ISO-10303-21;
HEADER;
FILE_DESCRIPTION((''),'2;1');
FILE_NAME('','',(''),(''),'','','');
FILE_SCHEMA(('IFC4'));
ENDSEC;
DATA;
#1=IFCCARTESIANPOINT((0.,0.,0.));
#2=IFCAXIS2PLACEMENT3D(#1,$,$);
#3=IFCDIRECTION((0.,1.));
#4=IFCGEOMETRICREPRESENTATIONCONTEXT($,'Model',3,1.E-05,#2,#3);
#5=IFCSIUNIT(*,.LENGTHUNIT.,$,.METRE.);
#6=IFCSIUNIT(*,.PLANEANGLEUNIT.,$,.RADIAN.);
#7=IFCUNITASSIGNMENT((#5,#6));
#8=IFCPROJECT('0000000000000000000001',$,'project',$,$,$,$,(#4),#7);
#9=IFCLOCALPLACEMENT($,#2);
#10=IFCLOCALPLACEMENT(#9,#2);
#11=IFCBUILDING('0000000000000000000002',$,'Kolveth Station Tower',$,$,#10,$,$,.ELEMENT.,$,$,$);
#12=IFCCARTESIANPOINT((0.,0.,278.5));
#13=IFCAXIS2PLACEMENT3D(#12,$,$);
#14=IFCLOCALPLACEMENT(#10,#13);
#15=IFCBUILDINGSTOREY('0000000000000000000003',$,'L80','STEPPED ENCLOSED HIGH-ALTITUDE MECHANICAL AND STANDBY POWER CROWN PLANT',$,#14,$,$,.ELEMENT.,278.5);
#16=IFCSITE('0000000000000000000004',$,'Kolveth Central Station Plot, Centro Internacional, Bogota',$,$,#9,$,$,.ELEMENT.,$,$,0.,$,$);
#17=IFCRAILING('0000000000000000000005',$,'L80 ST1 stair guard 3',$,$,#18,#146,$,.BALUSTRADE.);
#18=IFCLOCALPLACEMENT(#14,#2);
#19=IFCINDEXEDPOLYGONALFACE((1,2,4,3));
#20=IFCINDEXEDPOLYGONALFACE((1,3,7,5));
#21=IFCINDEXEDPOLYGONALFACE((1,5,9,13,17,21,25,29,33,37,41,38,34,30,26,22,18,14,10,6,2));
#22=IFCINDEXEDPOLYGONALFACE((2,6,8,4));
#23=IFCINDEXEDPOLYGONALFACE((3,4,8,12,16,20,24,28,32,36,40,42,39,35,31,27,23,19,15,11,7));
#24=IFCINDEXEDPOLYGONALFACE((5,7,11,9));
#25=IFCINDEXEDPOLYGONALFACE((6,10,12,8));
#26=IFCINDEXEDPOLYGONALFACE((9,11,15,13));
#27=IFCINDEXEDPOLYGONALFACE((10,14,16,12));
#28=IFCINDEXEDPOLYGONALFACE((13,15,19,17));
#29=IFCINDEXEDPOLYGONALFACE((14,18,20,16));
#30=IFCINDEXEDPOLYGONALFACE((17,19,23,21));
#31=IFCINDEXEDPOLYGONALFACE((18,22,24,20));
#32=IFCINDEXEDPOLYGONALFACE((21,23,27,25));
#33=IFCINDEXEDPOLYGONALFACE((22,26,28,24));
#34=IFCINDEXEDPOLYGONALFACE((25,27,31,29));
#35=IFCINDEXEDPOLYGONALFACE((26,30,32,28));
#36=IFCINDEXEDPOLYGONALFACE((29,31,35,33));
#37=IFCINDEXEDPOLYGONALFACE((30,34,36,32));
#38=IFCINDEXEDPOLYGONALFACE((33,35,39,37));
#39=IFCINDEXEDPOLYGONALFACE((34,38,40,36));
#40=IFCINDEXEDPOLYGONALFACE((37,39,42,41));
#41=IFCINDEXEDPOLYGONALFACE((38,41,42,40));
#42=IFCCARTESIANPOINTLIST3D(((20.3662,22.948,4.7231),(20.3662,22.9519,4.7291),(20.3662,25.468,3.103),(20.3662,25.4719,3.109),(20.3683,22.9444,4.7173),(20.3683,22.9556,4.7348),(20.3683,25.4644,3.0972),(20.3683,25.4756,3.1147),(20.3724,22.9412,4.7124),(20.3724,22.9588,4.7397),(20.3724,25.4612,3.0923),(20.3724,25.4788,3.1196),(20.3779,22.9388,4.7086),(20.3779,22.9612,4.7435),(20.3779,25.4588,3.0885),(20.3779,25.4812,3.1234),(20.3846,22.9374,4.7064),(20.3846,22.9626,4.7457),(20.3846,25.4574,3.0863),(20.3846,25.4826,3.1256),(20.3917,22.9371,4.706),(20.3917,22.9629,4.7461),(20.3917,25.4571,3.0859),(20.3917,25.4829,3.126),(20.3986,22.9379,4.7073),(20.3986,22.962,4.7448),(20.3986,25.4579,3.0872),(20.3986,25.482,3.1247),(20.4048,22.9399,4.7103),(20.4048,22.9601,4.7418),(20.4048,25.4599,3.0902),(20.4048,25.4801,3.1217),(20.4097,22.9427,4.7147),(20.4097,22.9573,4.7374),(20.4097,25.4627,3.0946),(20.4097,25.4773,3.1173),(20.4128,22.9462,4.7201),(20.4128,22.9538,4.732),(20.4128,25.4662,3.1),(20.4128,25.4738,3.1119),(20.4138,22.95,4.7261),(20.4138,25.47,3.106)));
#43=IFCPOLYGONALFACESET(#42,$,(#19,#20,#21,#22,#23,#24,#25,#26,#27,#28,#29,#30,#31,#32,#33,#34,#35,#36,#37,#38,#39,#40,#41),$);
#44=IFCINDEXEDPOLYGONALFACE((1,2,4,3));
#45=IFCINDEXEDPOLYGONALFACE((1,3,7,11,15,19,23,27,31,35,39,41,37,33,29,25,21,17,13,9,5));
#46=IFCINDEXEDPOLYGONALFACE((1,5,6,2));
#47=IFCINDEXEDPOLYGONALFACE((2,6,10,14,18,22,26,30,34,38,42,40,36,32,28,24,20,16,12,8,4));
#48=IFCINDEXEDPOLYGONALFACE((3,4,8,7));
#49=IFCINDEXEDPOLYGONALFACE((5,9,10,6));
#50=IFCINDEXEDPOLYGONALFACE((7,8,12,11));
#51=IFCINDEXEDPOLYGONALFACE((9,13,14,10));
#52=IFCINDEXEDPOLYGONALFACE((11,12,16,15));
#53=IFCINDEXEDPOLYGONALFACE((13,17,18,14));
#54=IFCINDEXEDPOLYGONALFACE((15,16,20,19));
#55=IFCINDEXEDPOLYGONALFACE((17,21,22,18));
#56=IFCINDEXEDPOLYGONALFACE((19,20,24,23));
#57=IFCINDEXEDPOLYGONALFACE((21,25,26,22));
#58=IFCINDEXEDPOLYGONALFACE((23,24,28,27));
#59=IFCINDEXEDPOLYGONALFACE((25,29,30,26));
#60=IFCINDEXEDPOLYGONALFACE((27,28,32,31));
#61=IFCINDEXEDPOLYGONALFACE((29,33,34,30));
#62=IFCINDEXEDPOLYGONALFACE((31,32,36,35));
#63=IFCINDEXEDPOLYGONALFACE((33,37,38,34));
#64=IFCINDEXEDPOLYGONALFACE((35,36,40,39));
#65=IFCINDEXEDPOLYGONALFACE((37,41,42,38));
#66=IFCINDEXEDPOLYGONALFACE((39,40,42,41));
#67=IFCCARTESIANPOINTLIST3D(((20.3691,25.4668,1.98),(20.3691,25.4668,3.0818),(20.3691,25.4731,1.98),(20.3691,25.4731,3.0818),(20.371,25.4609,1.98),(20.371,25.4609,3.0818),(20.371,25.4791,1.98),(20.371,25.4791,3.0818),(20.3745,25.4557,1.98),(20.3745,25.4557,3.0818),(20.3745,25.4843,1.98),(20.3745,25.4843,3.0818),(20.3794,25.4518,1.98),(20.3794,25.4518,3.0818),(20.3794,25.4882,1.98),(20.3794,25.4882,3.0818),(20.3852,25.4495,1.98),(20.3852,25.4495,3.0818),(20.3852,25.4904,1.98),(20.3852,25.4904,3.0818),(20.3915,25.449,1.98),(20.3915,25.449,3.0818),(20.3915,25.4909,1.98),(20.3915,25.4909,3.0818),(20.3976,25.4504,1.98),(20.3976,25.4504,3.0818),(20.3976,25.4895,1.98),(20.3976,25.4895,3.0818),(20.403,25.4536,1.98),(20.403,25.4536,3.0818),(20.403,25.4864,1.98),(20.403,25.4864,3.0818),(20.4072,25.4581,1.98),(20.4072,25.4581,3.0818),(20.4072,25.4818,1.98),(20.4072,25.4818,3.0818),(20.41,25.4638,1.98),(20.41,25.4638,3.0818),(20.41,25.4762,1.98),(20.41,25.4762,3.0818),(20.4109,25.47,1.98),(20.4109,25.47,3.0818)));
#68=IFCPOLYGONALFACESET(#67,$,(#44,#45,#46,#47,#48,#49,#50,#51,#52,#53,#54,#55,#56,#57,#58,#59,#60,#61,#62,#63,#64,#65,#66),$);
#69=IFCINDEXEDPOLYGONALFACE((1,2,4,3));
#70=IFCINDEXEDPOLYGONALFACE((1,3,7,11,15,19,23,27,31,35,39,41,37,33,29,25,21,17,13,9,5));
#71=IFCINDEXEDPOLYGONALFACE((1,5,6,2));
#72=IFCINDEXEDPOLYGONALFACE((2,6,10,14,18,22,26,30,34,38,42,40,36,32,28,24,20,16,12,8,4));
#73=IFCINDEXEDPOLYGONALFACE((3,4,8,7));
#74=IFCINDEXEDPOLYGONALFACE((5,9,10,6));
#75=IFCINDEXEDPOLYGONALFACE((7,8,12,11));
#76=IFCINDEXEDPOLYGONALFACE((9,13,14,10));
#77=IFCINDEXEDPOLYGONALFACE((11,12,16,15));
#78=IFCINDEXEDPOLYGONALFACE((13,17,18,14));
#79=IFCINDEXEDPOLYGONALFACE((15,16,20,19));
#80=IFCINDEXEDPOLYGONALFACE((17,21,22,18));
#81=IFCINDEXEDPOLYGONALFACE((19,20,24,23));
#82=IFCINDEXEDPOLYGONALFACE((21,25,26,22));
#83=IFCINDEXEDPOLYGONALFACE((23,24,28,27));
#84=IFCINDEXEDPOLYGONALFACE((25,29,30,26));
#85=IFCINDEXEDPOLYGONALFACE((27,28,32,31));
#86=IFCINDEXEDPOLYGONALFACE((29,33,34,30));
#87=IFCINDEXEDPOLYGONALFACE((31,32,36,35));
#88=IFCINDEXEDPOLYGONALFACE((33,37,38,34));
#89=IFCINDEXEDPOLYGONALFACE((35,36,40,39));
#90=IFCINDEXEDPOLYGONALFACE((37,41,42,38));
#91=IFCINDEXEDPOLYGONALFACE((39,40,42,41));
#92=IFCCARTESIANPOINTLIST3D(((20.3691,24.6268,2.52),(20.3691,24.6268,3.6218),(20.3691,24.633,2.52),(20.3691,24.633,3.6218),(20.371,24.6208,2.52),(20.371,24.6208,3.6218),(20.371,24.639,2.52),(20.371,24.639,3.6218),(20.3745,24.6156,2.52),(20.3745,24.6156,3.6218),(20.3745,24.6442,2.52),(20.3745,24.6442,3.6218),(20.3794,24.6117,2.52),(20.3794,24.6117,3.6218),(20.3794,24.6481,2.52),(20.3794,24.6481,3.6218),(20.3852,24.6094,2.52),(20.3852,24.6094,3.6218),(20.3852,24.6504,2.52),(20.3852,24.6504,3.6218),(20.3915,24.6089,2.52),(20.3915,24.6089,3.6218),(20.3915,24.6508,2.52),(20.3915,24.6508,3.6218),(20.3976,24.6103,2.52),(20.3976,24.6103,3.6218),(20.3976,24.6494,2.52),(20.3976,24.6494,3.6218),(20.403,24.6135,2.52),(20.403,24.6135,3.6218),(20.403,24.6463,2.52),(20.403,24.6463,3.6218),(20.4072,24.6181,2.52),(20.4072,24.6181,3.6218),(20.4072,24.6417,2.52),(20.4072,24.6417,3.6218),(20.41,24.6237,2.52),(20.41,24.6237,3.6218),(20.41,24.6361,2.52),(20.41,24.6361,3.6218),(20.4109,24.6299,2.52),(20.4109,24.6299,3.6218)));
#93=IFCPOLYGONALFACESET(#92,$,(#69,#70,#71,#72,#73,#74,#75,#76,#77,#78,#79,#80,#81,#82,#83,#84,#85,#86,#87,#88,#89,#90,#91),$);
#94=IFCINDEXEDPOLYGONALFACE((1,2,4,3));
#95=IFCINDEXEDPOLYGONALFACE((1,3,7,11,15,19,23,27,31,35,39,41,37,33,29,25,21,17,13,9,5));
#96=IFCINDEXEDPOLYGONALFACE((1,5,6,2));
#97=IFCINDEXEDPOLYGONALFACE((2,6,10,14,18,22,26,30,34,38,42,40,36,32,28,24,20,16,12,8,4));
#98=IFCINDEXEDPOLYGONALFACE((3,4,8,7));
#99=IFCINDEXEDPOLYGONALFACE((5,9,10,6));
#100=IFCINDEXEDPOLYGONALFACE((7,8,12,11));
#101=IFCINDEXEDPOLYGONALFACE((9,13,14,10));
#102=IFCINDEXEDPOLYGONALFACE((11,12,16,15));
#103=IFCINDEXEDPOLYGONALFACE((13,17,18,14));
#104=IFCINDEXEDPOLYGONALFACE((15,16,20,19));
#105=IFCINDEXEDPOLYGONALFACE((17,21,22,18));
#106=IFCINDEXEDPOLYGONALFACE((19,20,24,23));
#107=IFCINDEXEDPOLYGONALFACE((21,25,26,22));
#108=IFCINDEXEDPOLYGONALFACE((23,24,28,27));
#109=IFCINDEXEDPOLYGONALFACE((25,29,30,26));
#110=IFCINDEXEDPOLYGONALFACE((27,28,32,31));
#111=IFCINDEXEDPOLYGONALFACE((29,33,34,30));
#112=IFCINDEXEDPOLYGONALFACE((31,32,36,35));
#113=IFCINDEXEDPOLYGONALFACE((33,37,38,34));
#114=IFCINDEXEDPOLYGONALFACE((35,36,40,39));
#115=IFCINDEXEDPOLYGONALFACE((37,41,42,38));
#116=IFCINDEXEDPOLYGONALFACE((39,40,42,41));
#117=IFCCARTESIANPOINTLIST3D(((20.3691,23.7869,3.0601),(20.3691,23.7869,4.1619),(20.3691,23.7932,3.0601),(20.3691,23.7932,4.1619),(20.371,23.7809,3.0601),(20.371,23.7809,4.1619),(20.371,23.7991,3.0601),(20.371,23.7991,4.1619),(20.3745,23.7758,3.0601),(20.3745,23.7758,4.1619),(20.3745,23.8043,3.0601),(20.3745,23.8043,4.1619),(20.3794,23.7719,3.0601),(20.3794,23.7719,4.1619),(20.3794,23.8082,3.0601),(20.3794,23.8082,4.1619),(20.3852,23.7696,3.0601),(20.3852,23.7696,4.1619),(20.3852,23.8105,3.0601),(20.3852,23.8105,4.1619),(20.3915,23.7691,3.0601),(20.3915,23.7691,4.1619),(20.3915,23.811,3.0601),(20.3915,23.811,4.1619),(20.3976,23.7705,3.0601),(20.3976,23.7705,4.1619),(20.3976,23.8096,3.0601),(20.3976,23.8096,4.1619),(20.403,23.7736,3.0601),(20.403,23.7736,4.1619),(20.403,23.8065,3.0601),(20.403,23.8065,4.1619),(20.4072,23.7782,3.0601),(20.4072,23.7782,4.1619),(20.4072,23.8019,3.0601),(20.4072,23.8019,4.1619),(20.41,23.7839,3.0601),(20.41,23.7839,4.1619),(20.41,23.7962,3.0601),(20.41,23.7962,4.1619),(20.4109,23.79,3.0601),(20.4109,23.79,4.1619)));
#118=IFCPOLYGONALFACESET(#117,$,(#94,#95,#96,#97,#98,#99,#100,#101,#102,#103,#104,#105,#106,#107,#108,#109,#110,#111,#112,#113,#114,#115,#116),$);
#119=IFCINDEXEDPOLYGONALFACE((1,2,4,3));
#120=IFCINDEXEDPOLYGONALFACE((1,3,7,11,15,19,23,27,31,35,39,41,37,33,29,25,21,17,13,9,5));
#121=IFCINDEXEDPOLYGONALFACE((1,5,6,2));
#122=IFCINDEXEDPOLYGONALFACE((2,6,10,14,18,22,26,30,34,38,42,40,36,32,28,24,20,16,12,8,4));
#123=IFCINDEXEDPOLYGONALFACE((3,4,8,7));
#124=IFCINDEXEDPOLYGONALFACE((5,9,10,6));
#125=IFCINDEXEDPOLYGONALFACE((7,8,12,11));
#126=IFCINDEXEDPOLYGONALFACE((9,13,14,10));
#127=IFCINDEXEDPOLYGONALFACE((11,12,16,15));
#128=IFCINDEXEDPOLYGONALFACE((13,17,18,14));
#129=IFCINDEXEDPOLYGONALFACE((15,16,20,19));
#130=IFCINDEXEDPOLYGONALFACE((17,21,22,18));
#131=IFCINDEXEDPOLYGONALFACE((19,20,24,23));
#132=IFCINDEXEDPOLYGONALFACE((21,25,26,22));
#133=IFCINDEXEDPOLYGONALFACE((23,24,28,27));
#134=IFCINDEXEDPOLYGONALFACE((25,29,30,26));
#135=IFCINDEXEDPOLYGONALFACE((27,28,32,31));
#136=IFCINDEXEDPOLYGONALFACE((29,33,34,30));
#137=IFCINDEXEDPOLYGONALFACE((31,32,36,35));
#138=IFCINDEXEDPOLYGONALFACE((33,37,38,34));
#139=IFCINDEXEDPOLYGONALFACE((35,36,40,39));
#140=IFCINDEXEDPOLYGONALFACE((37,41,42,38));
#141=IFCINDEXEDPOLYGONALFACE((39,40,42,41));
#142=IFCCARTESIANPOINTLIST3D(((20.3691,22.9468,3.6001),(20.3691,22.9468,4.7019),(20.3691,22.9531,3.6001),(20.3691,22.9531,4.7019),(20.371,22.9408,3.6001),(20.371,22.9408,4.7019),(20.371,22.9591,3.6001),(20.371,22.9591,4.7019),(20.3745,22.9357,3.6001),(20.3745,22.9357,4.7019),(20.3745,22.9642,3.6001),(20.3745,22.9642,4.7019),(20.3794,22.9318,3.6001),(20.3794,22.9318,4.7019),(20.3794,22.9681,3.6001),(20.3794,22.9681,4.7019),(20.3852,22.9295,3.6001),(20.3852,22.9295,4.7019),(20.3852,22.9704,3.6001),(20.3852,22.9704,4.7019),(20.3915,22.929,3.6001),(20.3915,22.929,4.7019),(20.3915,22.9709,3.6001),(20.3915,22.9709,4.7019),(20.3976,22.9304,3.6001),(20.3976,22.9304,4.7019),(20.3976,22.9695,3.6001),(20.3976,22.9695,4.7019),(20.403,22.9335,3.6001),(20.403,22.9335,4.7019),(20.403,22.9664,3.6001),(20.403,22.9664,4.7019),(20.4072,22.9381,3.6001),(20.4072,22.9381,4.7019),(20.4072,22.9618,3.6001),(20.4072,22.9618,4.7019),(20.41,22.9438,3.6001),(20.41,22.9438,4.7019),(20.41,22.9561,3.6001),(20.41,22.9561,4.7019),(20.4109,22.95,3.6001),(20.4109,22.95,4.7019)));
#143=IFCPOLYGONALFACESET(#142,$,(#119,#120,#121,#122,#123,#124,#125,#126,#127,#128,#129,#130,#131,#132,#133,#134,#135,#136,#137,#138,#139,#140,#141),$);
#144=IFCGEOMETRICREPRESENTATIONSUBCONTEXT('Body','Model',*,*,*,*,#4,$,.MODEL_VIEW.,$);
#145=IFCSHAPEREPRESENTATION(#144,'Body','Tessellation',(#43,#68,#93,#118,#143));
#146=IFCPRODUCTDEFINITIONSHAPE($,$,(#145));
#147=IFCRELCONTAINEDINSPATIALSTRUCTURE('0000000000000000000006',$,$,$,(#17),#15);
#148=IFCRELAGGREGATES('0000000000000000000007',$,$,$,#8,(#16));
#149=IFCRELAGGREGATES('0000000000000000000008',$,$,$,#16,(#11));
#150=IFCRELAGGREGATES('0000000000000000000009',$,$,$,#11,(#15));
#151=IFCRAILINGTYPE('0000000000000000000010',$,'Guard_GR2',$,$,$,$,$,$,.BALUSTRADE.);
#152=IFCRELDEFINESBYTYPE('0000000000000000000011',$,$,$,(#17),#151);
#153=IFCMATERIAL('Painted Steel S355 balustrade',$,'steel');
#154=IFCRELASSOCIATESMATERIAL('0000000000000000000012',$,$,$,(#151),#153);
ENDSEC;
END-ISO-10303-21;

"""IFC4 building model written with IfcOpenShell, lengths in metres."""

from ifc_helpers import new_model, si_unit, direction, frame, origin, origin_2d, place, context, subcontext, project, spatial, circle, extrude, material, type_object, element, save


model = new_model("IFC4")

# Units and contexts
model_context = context("Model", 3, precision=1e-05, world=origin(), true_north=direction((0.0, 1.0)))
body_context = subcontext(model_context, "Body", "Model", "MODEL_VIEW")
ifc_project = project(units=[si_unit("LENGTHUNIT", "METRE"), si_unit("PLANEANGLEUNIT", "RADIAN")], contexts=[model_context])

# Site, building, storey
site_placement = place(None, origin())
site = spatial("IfcSite", under=ifc_project, at=site_placement, Name="Kolveth Central Station Plot, Centro Internacional, Bogota", CompositionType="ELEMENT", RefElevation=0.0)
building_placement = place(site_placement, origin())
building = spatial("IfcBuilding", under=site, at=building_placement, Name="Kolveth Station Tower", CompositionType="ELEMENT")
storey_placement = place(building_placement, frame((0.0, 0.0, 278.5)))
storey = spatial("IfcBuildingStorey", under=building, at=storey_placement, Name="L80", Description="STEPPED ENCLOSED HIGH-ALTITUDE MECHANICAL AND STANDBY POWER CROWN PLANT", CompositionType="ELEMENT", Elevation=278.5)

# Railing
ifc_material_1 = material(Name="Painted Steel S355 balustrade", Category="steel")
railing_type_1 = type_object("IfcRailingType", Name="Guard_GR2", PredefinedType="BALUSTRADE", material=ifc_material_1)
railing_1_placement = place(storey_placement, frame((20.3899, 25.47, 1.98)))
element("IfcRailing", 1, at=railing_1_placement, inside=storey, type_object=railing_type_1, Name="L80 ST1 stair guard 3", PredefinedType="BALUSTRADE", context=body_context, shape_type="SweptSolid", body=[
    extrude(circle(Radius=0.0239, at=origin_2d()), frame((0.0, 0.0, 1.126), z_axis=(0.0, -0.841163, 0.540782), x_axis=(1.0, 0.0, 0.0)), (0.0, 0.0, 1.0), 2.9958),
    extrude(circle(Radius=0.021, at=origin_2d()), origin(), (0.0, 0.0, 1.0), 1.1018),
    extrude(circle(Radius=0.021, at=origin_2d()), frame((0.0, -0.8401, 0.54)), (0.0, 0.0, 1.0), 1.1018),
    extrude(circle(Radius=0.021, at=origin_2d()), frame((0.0, -1.6799, 1.0801)), (0.0, 0.0, 1.0), 1.1018),
    extrude(circle(Radius=0.021, at=origin_2d()), frame((0.0, -2.52, 1.6201)), (0.0, 0.0, 1.0), 1.1018),
])

save(model, "model.ifc")
